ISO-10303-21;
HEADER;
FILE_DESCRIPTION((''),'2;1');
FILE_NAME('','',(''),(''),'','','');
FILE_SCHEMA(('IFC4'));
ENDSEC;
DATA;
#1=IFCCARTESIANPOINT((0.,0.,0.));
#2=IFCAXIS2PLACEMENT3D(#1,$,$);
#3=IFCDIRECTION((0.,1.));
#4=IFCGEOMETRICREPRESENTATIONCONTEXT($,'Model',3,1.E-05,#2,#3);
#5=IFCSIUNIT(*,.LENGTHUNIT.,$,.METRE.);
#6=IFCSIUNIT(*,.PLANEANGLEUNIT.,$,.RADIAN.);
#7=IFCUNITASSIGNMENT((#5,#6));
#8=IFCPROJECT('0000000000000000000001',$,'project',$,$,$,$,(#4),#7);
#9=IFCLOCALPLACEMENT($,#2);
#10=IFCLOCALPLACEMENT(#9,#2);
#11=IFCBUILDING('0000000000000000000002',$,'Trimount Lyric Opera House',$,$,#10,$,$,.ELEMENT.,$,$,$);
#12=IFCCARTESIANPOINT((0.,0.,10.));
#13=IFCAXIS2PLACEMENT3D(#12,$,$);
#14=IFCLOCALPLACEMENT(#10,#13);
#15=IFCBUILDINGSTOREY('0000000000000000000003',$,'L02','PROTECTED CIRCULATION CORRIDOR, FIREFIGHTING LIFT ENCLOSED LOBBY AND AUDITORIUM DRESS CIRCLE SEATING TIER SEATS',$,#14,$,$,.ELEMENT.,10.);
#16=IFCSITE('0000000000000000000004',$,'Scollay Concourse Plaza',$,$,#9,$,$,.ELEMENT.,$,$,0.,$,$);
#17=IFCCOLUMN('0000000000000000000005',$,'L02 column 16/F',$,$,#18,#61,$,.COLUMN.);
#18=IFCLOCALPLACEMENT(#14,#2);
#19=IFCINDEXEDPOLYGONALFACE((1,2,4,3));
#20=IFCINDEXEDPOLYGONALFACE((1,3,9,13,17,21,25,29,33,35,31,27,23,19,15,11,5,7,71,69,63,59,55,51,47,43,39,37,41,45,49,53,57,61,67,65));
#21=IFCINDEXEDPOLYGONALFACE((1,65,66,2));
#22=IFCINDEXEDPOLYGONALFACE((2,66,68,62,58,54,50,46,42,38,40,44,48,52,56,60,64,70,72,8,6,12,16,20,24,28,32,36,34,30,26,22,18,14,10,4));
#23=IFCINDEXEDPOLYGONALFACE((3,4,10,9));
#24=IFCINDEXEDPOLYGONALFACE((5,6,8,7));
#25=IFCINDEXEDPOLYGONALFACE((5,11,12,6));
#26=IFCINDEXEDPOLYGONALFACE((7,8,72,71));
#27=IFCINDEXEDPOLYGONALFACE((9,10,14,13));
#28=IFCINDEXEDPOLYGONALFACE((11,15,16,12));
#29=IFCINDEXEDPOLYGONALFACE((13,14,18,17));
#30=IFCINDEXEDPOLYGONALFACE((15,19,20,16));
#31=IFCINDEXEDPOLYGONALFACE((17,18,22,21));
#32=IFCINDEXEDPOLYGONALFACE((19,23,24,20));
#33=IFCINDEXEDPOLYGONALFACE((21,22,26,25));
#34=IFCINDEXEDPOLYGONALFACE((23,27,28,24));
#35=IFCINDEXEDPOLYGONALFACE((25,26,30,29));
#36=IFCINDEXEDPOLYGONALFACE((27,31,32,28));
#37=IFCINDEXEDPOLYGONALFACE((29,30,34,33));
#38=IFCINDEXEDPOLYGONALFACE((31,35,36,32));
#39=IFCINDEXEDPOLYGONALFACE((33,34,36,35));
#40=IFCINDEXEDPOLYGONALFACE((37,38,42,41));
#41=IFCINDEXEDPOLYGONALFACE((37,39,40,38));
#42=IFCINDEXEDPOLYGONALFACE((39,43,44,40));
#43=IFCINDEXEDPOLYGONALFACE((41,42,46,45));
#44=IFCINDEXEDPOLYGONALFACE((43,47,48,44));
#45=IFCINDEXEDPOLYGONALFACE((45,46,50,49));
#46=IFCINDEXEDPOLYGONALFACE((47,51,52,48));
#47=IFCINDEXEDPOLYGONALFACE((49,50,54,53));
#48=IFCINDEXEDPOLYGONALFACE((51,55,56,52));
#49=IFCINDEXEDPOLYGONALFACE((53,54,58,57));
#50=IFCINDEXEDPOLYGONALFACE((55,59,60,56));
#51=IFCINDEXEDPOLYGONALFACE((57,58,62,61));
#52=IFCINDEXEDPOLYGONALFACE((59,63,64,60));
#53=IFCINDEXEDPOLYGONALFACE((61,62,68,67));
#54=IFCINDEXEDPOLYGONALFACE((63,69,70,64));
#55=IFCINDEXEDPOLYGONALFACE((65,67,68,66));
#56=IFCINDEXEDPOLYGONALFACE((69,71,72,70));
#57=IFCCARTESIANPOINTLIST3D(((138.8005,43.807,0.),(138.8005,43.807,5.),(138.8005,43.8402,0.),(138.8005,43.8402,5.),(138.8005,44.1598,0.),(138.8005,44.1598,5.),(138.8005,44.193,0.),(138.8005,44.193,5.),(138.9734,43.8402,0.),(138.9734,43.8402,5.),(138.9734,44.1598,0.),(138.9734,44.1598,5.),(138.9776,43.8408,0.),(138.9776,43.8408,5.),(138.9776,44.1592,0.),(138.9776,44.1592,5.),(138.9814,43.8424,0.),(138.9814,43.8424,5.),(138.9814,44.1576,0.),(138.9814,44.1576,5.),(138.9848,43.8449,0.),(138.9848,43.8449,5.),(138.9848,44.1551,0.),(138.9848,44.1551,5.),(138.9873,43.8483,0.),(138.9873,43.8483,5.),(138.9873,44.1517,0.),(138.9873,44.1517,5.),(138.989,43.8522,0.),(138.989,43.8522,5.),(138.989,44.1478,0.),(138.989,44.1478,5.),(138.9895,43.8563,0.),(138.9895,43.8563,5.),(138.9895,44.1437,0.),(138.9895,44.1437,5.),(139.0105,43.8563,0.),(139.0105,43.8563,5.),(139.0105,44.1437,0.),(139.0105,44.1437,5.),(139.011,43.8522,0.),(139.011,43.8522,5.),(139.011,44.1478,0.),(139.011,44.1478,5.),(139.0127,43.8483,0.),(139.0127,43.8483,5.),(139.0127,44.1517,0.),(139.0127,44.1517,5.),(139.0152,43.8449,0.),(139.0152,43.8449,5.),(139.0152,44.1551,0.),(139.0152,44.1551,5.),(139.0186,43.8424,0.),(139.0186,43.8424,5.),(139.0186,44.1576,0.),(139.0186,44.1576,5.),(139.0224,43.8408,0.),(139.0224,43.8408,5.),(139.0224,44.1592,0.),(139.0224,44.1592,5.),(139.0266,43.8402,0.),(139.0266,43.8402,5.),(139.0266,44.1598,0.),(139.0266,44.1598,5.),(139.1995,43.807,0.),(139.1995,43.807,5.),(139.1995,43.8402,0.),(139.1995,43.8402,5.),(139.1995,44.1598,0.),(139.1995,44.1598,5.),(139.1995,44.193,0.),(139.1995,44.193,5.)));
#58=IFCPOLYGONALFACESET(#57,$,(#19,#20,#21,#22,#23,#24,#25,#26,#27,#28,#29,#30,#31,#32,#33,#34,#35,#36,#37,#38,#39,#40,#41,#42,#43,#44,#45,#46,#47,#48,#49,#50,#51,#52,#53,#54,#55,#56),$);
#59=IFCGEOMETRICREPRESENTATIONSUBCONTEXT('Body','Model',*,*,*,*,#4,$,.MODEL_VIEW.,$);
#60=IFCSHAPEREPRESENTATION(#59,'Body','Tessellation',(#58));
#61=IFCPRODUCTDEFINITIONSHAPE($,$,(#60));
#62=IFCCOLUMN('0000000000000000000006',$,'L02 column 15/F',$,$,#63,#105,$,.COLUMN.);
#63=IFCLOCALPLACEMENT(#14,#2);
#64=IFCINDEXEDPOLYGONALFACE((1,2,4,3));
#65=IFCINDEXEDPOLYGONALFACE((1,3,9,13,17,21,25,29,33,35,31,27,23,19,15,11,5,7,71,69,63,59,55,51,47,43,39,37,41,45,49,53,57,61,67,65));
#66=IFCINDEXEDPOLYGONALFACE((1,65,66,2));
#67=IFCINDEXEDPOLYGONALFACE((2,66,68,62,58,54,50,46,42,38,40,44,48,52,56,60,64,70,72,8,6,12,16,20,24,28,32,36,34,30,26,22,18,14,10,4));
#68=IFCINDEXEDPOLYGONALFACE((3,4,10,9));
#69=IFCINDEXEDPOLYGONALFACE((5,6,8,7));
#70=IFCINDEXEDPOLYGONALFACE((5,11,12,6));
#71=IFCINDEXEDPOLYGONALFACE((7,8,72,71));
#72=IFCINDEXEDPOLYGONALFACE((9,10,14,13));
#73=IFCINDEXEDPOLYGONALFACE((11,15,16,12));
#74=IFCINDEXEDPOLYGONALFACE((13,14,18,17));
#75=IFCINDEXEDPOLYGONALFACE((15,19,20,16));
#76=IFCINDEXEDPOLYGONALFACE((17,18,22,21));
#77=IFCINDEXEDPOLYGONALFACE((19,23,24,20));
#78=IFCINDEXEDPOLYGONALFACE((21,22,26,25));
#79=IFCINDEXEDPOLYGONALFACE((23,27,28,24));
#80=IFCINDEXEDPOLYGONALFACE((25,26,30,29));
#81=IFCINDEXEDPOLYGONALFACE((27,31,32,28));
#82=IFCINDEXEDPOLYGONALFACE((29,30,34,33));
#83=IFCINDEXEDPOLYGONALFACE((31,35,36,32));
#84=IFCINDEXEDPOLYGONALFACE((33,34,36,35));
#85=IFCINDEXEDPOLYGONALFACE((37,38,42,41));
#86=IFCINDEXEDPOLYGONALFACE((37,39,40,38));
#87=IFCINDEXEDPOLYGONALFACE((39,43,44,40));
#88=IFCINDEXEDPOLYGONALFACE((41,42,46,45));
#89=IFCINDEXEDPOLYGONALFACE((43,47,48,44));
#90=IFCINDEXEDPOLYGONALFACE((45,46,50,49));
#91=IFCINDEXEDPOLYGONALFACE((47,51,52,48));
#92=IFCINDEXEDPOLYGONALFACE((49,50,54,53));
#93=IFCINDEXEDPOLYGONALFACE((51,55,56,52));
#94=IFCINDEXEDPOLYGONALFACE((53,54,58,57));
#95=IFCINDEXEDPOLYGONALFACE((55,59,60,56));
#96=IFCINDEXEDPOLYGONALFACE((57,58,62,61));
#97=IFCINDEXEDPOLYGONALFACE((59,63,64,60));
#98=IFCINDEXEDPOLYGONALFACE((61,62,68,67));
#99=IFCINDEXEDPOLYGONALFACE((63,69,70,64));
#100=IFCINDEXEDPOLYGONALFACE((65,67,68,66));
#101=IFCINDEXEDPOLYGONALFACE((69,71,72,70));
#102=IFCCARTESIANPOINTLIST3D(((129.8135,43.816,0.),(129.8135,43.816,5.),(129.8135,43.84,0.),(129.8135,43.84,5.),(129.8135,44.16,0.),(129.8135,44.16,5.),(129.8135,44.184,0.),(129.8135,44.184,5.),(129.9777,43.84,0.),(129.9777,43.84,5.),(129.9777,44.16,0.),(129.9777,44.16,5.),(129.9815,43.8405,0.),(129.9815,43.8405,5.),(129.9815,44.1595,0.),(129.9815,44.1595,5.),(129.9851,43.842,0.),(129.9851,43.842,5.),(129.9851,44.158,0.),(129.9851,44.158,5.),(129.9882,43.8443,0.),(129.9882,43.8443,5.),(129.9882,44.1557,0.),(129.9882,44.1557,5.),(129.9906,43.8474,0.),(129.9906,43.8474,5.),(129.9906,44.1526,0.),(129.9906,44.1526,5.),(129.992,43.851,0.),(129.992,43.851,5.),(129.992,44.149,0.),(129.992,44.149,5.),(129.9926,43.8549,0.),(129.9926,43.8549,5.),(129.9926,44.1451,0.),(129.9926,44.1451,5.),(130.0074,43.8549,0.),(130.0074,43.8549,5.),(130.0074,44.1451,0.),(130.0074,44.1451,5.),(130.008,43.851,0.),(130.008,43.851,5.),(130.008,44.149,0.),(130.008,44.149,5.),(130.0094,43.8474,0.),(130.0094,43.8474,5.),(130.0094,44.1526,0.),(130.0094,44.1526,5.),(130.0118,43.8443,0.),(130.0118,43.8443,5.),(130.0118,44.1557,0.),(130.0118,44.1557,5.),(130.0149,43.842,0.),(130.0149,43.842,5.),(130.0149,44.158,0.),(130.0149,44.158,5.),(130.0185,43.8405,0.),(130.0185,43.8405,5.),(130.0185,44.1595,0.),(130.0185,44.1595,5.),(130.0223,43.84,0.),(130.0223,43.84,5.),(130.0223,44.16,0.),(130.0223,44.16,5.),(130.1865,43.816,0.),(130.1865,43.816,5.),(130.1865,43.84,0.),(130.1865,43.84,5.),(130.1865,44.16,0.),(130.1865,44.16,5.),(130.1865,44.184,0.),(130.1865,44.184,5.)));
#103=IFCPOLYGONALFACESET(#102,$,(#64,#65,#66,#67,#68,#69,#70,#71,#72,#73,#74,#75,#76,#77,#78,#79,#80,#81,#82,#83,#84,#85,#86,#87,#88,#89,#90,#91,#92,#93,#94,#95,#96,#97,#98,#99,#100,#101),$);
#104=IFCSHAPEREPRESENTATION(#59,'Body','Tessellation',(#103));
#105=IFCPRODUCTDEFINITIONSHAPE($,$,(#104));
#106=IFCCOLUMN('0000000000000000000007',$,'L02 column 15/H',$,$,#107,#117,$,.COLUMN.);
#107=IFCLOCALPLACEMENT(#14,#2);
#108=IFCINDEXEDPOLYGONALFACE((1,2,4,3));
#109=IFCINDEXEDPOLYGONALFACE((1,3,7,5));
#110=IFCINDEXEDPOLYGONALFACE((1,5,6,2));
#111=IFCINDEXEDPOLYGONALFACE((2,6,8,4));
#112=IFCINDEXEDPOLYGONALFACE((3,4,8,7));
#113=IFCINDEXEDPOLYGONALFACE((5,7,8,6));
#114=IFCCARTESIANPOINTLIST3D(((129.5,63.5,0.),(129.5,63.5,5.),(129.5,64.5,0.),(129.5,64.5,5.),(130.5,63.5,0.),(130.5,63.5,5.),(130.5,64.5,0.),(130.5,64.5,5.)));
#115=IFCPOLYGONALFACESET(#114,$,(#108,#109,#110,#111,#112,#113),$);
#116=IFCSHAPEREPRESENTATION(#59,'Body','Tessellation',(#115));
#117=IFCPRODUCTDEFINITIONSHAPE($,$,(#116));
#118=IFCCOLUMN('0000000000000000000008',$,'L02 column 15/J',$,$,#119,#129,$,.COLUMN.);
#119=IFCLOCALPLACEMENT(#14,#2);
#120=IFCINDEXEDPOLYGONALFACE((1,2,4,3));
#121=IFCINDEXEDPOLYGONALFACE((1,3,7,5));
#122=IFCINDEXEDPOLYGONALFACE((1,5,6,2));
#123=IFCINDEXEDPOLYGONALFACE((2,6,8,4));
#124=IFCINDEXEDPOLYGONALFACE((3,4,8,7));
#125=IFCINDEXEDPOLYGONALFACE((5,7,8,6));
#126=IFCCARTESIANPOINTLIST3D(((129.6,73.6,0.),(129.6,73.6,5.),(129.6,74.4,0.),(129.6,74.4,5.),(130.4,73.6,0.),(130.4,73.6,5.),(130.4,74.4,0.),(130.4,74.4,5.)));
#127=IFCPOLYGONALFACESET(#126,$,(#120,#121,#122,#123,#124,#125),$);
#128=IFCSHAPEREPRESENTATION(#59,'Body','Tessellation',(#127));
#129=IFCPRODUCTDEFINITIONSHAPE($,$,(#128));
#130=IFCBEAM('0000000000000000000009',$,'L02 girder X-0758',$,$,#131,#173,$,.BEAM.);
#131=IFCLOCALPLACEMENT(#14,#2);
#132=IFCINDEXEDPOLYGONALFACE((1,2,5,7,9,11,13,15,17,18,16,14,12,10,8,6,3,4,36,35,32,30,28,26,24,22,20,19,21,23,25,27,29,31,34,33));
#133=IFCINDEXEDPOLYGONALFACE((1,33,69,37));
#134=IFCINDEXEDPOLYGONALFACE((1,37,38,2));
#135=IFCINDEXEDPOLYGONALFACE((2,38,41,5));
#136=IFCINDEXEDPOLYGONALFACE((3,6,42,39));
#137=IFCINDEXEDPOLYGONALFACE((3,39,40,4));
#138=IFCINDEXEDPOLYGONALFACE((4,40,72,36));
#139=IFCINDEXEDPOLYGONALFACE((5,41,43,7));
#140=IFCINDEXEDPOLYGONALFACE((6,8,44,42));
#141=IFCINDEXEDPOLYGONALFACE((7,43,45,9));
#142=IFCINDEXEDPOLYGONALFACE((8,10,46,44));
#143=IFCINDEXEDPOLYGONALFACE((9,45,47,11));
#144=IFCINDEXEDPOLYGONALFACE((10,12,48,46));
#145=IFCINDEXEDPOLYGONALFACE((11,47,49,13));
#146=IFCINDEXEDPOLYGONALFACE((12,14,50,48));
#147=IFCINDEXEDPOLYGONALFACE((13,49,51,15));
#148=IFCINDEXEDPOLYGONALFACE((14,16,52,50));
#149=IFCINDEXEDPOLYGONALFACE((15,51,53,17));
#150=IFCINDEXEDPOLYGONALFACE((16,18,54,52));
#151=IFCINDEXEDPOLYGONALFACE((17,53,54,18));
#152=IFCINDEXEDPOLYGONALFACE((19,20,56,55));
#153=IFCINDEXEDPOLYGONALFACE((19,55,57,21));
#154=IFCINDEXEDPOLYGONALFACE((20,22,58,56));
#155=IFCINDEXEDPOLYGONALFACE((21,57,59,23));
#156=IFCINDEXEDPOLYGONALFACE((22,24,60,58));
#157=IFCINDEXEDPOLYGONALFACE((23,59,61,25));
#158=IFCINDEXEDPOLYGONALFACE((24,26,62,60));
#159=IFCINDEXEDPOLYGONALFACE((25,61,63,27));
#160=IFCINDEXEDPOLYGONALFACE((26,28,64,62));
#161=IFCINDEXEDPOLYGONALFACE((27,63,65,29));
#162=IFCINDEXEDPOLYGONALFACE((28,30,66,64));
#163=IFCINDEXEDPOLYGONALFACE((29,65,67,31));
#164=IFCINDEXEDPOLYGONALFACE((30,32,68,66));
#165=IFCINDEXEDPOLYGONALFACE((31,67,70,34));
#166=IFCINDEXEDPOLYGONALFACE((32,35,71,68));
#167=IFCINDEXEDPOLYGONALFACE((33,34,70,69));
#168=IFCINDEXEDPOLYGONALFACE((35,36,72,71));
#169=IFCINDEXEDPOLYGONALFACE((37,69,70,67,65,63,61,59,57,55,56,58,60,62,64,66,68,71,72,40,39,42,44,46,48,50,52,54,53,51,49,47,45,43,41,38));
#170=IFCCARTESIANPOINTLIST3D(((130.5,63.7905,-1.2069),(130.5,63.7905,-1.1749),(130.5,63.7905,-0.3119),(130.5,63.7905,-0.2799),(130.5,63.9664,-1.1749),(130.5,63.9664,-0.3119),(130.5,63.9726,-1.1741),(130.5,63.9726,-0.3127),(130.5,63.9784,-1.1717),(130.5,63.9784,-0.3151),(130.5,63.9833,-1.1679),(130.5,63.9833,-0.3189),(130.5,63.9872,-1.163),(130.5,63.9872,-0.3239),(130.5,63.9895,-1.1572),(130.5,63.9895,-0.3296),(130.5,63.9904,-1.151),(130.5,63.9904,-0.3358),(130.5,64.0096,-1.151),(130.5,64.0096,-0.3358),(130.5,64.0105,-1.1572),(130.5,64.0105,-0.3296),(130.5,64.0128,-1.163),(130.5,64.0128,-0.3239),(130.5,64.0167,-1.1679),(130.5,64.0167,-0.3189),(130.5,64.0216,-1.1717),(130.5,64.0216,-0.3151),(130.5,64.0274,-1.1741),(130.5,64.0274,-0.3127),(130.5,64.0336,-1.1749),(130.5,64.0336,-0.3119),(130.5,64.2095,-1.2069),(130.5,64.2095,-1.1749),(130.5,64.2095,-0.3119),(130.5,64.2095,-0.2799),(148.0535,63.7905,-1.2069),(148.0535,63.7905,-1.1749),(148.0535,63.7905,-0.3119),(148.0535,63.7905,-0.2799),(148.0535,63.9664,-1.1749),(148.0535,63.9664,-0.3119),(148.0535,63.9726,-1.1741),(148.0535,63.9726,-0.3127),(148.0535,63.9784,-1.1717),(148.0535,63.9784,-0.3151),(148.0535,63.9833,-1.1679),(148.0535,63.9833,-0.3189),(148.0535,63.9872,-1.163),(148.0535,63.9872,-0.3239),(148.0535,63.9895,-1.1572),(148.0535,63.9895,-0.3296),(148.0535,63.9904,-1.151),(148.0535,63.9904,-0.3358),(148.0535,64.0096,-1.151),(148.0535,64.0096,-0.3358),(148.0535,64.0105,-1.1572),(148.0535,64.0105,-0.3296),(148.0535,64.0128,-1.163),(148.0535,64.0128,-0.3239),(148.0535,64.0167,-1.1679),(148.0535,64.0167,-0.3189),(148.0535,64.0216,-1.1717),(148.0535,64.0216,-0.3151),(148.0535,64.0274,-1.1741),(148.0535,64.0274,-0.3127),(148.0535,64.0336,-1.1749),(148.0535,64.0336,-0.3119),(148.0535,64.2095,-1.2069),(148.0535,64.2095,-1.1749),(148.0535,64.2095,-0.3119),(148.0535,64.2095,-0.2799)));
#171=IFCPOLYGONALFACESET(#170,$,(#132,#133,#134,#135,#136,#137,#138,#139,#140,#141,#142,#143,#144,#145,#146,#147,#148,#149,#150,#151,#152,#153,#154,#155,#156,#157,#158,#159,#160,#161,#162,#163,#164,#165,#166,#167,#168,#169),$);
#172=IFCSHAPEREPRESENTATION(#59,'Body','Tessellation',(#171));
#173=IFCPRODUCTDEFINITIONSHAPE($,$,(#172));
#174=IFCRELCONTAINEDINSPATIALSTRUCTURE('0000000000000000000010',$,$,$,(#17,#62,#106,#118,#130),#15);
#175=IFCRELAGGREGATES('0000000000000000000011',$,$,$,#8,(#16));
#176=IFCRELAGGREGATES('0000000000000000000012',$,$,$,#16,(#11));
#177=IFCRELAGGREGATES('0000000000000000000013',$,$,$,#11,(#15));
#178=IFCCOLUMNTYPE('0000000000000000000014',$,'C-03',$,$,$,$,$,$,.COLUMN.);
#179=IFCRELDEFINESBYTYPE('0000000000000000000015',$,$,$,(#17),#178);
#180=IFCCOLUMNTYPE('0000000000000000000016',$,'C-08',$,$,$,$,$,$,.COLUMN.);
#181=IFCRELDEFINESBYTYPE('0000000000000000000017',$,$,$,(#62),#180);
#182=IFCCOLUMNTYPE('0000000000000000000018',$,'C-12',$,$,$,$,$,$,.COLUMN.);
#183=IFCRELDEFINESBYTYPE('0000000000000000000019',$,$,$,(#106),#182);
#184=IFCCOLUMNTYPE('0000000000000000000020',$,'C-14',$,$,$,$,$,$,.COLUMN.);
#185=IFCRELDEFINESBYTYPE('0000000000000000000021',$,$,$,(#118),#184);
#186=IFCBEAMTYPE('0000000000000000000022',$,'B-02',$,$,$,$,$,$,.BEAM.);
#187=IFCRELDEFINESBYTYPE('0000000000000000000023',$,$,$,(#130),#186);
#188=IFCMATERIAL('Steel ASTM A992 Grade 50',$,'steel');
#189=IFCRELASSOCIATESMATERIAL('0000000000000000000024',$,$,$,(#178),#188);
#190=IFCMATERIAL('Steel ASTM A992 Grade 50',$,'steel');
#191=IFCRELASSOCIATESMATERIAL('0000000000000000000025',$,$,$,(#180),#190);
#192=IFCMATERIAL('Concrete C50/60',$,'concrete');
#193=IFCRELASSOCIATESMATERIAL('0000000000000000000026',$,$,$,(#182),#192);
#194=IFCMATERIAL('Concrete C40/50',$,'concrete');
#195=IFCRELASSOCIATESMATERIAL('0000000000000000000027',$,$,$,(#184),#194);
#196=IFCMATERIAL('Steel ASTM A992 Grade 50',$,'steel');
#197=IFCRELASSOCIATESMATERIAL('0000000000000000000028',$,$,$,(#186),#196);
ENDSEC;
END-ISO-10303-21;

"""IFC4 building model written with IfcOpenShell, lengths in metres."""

from ifc_helpers import new_model, si_unit, direction, frame, origin, origin_2d, place, context, subcontext, project, spatial, rectangle, i_section, extrude, material, material_profile, profile_set, type_object, element, save


model = new_model("IFC4")

# Units and contexts
model_context = context("Model", 3, precision=1e-05, world=origin(), true_north=direction((0.0, 1.0)))
body_context = subcontext(model_context, "Body", "Model", "MODEL_VIEW")
ifc_project = project(units=[si_unit("LENGTHUNIT", "METRE"), si_unit("PLANEANGLEUNIT", "RADIAN")], contexts=[model_context])

# Site, building, storey
site_placement = place(None, origin())
site = spatial("IfcSite", under=ifc_project, at=site_placement, Name="Scollay Concourse Plaza", CompositionType="ELEMENT", RefElevation=0.0)
building_placement = place(site_placement, origin())
building = spatial("IfcBuilding", under=site, at=building_placement, Name="Trimount Lyric Opera House", CompositionType="ELEMENT")
storey_placement = place(building_placement, frame((0.0, 0.0, 10.0)))
storey = spatial("IfcBuildingStorey", under=building, at=storey_placement, Name="L02", Description="PROTECTED CIRCULATION CORRIDOR, FIREFIGHTING LIFT ENCLOSED LOBBY AND AUDITORIUM DRESS CIRCLE SEATING TIER SEATS", CompositionType="ELEMENT", Elevation=10.0)

# Columns
ifc_material_1 = material(Name="Steel ASTM A992 Grade 50", Category="steel")
ifc_material_profile_1 = material_profile(ifc_material_1, i_section(OverallWidth=0.3989, OverallDepth=0.386, WebThickness=0.021, FlangeThickness=0.0332, FilletRadius=0.0161, at=origin_2d()), Name="W14X176")
ifc_profile_set_1 = profile_set([ifc_material_profile_1], Name="Steel ASTM A992 Grade 50")
column_type_1 = type_object("IfcColumnType", Name="C-03", PredefinedType="COLUMN", material=ifc_profile_set_1)
column_1_placement = place(storey_placement, frame((139.0, 44.0, 0.0), z_axis=(0.0, 0.0, 1.0), x_axis=(1.0, 0.0, 0.0)))
element("IfcColumn", 1, at=column_1_placement, inside=storey, type_object=column_type_1, Name="L02 column 16/F", PredefinedType="COLUMN", context=body_context, shape_type="SweptSolid", body=[
    extrude(i_section(OverallWidth=0.3989, OverallDepth=0.386, WebThickness=0.021, FlangeThickness=0.0332, FilletRadius=0.0161, at=origin_2d()), origin(), (0.0, 0.0, 1.0), 5.0),
])
ifc_material_2 = material(Name="Steel ASTM A992 Grade 50", Category="steel")
ifc_material_profile_2 = material_profile(ifc_material_2, i_section(OverallWidth=0.373, OverallDepth=0.3679, WebThickness=0.0149, FlangeThickness=0.0239, FilletRadius=0.0149, at=origin_2d()), Name="W14X120")
ifc_profile_set_2 = profile_set([ifc_material_profile_2], Name="Steel ASTM A992 Grade 50")
column_type_2 = type_object("IfcColumnType", Name="C-08", PredefinedType="COLUMN", material=ifc_profile_set_2)
column_2_placement = place(storey_placement, frame((130.0, 44.0, 0.0), z_axis=(0.0, 0.0, 1.0), x_axis=(1.0, 0.0, 0.0)))
element("IfcColumn", 2, at=column_2_placement, inside=storey, type_object=column_type_2, Name="L02 column 15/F", PredefinedType="COLUMN", context=body_context, shape_type="SweptSolid", body=[
    extrude(i_section(OverallWidth=0.373, OverallDepth=0.3679, WebThickness=0.0149, FlangeThickness=0.0239, FilletRadius=0.0149, at=origin_2d()), origin(), (0.0, 0.0, 1.0), 5.0),
])
ifc_material_3 = material(Name="Concrete C50/60", Category="concrete")
ifc_material_profile_3 = material_profile(ifc_material_3, rectangle(XDim=1.0, YDim=1.0, at=origin_2d()), Name="RC1000X1000")
ifc_profile_set_3 = profile_set([ifc_material_profile_3], Name="Concrete C50/60")
column_type_3 = type_object("IfcColumnType", Name="C-12", PredefinedType="COLUMN", material=ifc_profile_set_3)
column_3_placement = place(storey_placement, frame((130.0, 64.0, 0.0), z_axis=(0.0, 0.0, 1.0), x_axis=(1.0, 0.0, 0.0)))
element("IfcColumn", 3, at=column_3_placement, inside=storey, type_object=column_type_3, Name="L02 column 15/H", PredefinedType="COLUMN", context=body_context, shape_type="SweptSolid", body=[
    extrude(rectangle(XDim=1.0, YDim=1.0, at=origin_2d()), origin(), (0.0, 0.0, 1.0), 5.0),
])
ifc_material_4 = material(Name="Concrete C40/50", Category="concrete")
ifc_material_profile_4 = material_profile(ifc_material_4, rectangle(XDim=0.8, YDim=0.8, at=origin_2d()), Name="RC800X800")
ifc_profile_set_4 = profile_set([ifc_material_profile_4], Name="Concrete C40/50")
column_type_4 = type_object("IfcColumnType", Name="C-14", PredefinedType="COLUMN", material=ifc_profile_set_4)
column_4_placement = place(storey_placement, frame((130.0, 74.0, 0.0), z_axis=(0.0, 0.0, 1.0), x_axis=(1.0, 0.0, 0.0)))
element("IfcColumn", 4, at=column_4_placement, inside=storey, type_object=column_type_4, Name="L02 column 15/J", PredefinedType="COLUMN", context=body_context, shape_type="SweptSolid", body=[
    extrude(rectangle(XDim=0.8, YDim=0.8, at=origin_2d()), origin(), (0.0, 0.0, 1.0), 5.0),
])

# Beam
ifc_material_5 = material(Name="Steel ASTM A992 Grade 50", Category="steel")
ifc_material_profile_5 = material_profile(ifc_material_5, i_section(OverallWidth=0.4189, OverallDepth=0.927, WebThickness=0.0193, FlangeThickness=0.032, FilletRadius=0.0239, at=origin_2d()), Name="W36X231")
ifc_profile_set_5 = profile_set([ifc_material_profile_5], Name="Steel ASTM A992 Grade 50")
beam_type_1 = type_object("IfcBeamType", Name="B-02", PredefinedType="BEAM", material=ifc_profile_set_5)
beam_1_placement = place(storey_placement, frame((130.5, 64.0, -0.7434), z_axis=(1.0, 0.0, 0.0), x_axis=(0.0, 1.0, 0.0)))
element("IfcBeam", 5, at=beam_1_placement, inside=storey, type_object=beam_type_1, Name="L02 girder X-0758", PredefinedType="BEAM", context=body_context, shape_type="SweptSolid", body=[
    extrude(i_section(OverallWidth=0.4189, OverallDepth=0.927, WebThickness=0.0193, FlangeThickness=0.032, FilletRadius=0.0239, at=origin_2d()), origin(), (0.0, 0.0, 1.0), 17.5535),
])

save(model, "model.ifc")
